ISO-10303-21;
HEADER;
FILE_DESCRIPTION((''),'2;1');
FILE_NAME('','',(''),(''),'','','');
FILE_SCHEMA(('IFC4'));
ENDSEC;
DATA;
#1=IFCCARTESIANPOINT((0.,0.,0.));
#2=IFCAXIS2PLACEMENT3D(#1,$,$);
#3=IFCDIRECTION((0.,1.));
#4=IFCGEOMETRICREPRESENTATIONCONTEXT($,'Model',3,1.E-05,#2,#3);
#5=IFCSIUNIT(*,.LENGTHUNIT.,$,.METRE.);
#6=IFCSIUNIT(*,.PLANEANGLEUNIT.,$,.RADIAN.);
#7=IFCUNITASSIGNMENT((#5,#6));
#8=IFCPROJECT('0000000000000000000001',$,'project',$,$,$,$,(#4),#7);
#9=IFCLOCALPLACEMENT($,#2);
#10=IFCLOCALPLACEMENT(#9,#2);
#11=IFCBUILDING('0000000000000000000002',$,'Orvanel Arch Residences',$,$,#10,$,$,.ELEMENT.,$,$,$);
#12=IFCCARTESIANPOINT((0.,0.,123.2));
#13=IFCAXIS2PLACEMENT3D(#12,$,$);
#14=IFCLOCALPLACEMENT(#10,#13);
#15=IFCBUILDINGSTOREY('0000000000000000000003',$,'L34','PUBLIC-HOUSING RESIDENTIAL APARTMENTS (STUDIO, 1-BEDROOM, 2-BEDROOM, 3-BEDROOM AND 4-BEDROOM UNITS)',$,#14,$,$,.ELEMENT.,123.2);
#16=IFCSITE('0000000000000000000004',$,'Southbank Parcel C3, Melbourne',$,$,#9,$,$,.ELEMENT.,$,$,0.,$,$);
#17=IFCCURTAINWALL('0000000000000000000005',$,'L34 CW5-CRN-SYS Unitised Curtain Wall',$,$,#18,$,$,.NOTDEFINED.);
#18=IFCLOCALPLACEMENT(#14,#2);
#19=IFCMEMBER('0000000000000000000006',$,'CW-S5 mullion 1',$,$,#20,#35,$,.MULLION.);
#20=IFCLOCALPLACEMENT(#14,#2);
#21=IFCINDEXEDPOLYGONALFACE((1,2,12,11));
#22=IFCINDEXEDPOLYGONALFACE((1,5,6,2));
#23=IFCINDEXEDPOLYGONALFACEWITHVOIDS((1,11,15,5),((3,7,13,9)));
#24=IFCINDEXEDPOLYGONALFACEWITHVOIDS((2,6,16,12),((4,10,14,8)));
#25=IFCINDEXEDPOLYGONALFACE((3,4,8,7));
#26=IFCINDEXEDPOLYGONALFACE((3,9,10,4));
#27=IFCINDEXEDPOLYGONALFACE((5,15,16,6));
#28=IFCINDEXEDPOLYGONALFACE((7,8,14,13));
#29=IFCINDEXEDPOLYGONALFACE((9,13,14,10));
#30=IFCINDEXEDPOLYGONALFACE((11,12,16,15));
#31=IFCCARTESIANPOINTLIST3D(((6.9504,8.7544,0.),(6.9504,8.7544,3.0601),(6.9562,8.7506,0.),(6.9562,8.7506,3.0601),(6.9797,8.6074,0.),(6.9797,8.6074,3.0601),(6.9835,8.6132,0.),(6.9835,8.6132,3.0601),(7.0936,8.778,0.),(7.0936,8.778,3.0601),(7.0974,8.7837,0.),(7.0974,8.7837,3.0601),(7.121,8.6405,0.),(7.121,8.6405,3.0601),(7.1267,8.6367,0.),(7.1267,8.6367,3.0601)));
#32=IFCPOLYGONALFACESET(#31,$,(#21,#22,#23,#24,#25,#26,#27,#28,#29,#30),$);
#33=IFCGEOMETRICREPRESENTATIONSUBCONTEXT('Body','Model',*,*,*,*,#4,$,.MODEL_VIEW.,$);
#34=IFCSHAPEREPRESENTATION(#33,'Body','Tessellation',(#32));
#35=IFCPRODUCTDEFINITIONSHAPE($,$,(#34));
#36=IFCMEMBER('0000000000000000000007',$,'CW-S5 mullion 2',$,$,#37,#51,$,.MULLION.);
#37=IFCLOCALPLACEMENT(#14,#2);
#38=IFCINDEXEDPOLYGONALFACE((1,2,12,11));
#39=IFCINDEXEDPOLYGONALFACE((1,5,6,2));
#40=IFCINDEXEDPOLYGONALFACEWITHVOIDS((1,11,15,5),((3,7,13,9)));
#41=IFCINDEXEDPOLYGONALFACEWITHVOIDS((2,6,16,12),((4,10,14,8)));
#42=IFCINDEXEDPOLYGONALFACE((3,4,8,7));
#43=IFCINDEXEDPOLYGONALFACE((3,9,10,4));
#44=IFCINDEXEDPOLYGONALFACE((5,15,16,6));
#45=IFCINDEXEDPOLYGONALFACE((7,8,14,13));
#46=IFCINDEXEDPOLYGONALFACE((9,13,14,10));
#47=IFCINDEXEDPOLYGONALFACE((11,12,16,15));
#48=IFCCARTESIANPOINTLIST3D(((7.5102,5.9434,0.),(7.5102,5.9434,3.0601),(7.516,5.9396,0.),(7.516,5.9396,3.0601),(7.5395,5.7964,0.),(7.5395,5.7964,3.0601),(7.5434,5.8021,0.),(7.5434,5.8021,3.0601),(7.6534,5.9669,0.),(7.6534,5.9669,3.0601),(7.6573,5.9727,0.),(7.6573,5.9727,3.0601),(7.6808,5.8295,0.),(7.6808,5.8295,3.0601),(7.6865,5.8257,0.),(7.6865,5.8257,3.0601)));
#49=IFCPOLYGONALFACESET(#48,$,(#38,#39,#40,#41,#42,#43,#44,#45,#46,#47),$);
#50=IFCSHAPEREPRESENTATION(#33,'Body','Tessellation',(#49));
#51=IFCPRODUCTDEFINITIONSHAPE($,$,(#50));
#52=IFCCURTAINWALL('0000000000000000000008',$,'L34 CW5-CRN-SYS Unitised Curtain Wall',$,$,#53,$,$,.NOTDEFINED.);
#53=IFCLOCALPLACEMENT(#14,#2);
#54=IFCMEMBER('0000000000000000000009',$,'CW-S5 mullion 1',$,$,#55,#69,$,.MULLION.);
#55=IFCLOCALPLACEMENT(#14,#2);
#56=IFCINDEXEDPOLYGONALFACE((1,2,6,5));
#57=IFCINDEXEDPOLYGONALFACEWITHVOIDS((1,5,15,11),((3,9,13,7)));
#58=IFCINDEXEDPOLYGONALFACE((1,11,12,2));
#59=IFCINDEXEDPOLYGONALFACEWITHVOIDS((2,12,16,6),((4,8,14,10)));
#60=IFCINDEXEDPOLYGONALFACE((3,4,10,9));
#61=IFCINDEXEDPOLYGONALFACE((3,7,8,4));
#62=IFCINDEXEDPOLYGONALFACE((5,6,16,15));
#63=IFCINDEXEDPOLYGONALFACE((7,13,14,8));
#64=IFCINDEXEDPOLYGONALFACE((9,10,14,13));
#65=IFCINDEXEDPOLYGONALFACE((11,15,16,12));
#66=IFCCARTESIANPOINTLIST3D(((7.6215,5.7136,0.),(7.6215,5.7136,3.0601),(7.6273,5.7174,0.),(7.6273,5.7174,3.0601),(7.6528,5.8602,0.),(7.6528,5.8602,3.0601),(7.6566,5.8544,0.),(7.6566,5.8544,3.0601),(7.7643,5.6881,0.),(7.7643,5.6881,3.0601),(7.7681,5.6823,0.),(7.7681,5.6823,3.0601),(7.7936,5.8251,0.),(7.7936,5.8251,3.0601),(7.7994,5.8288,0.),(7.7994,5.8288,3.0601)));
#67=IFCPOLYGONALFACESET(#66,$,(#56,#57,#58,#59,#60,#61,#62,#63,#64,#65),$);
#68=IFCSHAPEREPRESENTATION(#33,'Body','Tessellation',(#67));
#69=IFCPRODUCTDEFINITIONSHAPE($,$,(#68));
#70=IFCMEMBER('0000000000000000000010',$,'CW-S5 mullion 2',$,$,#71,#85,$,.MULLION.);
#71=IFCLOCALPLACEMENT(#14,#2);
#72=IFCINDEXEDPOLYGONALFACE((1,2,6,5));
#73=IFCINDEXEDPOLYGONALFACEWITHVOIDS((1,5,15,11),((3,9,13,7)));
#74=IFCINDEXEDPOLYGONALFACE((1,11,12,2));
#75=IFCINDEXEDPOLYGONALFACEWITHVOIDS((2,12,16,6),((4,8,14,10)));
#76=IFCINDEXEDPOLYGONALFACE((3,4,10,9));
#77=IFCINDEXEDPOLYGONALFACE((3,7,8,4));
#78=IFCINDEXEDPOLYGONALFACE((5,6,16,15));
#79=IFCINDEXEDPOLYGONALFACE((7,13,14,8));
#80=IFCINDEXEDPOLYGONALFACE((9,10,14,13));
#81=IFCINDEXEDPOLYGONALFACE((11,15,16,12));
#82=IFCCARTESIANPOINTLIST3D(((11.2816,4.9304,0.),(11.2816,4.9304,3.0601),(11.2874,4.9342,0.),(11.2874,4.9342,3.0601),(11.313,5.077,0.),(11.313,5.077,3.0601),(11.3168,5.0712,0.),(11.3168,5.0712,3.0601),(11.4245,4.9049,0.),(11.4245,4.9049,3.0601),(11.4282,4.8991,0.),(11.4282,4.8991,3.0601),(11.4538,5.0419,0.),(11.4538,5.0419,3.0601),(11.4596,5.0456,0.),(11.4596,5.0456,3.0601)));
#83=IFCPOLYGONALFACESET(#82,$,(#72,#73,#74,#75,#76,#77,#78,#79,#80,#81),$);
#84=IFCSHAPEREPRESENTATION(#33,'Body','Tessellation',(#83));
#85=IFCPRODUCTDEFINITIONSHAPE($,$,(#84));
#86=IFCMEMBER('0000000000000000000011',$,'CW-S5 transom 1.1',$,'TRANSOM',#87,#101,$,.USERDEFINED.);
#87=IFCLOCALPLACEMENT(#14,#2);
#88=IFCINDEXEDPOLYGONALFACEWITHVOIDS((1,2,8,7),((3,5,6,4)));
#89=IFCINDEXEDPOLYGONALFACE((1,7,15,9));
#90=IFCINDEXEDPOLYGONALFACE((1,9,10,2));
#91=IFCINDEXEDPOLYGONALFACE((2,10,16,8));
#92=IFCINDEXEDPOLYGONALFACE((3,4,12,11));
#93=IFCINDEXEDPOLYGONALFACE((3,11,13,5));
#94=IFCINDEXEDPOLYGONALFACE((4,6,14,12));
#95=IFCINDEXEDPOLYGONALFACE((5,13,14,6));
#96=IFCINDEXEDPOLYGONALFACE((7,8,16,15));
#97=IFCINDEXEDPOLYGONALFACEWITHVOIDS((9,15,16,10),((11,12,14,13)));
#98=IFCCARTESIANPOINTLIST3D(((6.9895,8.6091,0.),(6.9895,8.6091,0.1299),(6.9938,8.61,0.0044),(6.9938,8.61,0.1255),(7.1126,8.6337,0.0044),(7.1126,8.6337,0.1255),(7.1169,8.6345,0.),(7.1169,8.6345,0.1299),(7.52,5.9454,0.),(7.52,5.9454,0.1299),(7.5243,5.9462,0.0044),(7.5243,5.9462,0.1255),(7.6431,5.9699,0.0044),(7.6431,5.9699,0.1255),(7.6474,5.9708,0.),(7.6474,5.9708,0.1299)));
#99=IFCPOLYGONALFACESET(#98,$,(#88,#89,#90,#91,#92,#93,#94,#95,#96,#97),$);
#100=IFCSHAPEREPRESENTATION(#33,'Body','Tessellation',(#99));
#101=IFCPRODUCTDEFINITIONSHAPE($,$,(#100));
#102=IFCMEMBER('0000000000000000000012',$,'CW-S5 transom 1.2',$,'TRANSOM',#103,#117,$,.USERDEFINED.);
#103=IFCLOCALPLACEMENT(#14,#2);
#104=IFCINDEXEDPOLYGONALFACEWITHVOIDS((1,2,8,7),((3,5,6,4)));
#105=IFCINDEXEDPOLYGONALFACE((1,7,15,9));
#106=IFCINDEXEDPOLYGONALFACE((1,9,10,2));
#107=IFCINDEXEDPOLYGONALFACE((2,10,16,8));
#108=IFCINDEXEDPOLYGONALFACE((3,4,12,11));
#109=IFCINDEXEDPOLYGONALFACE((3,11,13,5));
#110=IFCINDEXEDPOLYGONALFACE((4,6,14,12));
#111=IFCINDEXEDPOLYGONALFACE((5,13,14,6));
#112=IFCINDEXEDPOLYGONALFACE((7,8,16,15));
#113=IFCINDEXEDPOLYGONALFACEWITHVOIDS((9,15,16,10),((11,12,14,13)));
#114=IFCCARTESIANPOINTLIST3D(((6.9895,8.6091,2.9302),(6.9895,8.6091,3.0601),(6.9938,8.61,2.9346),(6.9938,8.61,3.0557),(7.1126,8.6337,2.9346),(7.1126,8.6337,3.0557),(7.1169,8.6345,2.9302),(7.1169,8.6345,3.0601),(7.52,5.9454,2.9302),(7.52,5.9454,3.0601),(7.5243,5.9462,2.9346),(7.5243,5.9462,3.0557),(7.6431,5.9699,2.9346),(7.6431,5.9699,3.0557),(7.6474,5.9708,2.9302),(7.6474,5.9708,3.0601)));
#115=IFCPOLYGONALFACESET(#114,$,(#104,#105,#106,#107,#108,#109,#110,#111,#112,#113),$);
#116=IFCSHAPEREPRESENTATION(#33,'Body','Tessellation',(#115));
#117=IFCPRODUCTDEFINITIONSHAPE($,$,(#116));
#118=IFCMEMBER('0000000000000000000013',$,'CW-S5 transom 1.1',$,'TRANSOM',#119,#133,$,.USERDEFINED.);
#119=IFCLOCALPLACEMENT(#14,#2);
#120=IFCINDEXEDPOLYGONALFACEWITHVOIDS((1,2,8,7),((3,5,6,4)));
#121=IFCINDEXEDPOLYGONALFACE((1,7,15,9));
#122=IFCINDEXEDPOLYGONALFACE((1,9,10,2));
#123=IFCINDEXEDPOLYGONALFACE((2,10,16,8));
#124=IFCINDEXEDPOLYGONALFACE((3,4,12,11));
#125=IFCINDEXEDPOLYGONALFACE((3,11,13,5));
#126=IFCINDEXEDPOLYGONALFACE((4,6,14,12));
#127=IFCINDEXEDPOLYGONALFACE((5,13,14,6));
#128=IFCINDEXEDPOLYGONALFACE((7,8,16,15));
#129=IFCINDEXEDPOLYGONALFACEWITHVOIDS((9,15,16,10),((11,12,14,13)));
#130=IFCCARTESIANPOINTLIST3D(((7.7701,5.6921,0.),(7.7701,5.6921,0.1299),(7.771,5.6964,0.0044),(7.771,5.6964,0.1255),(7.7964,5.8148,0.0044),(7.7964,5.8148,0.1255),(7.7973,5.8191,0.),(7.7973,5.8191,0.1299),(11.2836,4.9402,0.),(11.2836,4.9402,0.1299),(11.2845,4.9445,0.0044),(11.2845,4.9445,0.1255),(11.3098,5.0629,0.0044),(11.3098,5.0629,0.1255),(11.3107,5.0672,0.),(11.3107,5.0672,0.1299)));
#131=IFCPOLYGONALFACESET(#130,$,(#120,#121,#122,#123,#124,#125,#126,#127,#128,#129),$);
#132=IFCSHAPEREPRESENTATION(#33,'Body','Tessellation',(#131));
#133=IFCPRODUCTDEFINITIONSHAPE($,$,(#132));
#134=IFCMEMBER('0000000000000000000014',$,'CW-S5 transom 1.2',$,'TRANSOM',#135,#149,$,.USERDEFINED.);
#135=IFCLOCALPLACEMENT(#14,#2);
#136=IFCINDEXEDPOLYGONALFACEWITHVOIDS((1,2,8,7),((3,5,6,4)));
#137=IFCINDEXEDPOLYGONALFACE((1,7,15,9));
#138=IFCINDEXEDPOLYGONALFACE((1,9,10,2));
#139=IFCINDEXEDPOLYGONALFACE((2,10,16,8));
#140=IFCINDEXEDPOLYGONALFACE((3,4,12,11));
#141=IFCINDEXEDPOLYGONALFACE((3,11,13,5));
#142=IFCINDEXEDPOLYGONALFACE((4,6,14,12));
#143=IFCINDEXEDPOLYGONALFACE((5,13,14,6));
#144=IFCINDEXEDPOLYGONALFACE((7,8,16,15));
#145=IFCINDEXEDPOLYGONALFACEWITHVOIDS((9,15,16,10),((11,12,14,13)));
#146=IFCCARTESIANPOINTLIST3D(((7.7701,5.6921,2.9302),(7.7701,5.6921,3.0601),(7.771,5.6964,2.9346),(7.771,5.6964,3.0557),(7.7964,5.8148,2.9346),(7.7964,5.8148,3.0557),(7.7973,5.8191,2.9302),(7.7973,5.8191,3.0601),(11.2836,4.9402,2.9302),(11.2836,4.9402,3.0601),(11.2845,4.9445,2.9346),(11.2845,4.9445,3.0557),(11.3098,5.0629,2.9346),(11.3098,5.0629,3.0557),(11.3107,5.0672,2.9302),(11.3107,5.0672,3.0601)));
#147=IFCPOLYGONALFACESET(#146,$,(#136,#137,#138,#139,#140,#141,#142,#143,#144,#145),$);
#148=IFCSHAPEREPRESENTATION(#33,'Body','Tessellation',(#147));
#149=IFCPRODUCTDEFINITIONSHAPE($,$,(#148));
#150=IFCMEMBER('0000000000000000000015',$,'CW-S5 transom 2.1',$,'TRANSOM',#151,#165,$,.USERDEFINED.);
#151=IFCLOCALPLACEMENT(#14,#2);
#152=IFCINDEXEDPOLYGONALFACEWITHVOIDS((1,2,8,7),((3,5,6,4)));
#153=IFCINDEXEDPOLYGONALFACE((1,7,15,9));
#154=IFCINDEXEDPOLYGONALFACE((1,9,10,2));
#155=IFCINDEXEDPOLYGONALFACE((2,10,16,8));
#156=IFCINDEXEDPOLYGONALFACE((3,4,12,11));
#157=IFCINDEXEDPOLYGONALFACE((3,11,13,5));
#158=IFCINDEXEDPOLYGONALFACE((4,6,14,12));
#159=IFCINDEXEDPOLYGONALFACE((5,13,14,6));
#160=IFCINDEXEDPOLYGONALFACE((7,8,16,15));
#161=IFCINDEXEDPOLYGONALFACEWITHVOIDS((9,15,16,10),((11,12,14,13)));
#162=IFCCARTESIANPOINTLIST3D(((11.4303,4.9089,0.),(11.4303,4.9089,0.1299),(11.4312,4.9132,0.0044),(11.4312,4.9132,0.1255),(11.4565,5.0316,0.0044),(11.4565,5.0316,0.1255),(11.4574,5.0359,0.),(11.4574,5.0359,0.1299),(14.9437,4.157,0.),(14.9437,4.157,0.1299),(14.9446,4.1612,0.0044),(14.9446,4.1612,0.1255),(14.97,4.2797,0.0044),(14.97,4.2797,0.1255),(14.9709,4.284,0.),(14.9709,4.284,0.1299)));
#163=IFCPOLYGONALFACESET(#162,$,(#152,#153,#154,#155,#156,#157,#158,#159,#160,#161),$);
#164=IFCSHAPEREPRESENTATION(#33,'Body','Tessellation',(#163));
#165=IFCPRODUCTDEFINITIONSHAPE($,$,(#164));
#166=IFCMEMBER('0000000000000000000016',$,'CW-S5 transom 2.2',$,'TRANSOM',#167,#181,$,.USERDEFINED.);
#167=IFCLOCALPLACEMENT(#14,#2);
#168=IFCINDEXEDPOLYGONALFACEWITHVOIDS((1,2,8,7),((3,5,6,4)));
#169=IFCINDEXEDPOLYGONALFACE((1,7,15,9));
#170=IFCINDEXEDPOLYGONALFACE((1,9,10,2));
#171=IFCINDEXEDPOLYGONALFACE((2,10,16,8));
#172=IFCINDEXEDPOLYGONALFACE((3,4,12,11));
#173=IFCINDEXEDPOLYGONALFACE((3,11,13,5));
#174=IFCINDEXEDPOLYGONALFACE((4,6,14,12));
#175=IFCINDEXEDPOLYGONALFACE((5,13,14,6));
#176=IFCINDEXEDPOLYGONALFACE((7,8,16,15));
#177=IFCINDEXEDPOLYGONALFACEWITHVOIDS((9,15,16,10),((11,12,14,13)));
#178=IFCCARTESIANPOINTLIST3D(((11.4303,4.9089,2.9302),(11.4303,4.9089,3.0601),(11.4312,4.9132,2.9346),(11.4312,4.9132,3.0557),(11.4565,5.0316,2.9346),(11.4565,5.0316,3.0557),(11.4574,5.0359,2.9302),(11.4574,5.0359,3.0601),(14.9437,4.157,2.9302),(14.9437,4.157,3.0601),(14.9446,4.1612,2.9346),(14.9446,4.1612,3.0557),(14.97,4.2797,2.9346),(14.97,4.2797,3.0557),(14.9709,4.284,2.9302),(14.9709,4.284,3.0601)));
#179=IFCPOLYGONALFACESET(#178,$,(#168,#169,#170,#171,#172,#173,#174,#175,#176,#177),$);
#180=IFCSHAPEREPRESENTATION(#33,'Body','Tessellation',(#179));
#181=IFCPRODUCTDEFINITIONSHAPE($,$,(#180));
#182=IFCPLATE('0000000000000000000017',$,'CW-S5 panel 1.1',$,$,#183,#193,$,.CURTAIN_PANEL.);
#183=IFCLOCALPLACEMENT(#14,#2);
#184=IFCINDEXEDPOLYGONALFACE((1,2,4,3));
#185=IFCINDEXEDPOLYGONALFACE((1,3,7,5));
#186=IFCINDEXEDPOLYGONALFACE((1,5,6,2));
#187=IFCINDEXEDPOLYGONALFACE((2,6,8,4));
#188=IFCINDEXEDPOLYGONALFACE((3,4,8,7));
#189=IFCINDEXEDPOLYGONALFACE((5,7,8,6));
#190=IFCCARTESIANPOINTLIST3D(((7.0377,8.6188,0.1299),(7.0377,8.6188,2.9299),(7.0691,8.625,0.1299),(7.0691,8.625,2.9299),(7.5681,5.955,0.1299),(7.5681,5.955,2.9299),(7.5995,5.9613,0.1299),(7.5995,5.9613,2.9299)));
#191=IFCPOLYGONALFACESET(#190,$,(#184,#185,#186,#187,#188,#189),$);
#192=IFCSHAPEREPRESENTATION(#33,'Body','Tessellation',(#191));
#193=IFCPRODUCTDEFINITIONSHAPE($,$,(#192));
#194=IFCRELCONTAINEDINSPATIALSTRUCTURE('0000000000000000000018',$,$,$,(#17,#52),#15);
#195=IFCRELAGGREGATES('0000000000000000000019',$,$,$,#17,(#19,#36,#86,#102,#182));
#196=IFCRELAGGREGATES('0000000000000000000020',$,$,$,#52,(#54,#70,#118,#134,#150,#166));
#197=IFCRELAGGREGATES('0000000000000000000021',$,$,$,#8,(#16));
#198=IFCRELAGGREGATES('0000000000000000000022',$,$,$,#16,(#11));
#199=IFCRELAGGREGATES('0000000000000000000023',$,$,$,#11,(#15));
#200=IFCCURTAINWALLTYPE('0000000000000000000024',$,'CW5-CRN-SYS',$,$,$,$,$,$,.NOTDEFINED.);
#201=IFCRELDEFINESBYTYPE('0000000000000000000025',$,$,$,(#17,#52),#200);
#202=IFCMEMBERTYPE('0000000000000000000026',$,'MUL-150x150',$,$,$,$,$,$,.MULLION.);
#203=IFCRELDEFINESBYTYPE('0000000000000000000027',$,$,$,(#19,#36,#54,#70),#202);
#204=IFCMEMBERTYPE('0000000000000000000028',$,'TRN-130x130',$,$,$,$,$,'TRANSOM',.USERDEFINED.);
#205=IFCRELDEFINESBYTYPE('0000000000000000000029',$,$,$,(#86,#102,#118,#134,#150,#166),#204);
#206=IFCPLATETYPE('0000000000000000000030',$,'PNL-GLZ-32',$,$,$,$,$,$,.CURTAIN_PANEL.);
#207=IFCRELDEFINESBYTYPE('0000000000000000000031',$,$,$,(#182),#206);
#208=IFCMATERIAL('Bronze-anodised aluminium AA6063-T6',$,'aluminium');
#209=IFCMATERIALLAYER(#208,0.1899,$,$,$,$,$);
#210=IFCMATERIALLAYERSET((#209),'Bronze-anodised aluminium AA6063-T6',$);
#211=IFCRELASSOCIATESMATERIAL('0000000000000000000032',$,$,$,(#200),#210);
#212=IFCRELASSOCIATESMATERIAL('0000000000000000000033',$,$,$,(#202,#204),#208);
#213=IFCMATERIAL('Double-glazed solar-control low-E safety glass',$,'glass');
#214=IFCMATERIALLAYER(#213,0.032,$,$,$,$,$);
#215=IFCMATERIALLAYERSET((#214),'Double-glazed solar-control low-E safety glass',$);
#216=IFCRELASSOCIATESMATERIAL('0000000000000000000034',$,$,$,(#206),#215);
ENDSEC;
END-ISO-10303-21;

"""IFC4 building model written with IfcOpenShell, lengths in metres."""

from ifc_helpers import new_model, si_unit, direction, frame, origin, origin_2d, place, context, subcontext, project, spatial, rectangle, hollow_rectangle, extrude, material, layer, layer_set, material_profile, profile_set, type_object, element, aggregate, save


model = new_model("IFC4")

# Units and contexts
model_context = context("Model", 3, precision=1e-05, world=origin(), true_north=direction((0.0, 1.0)))
body_context = subcontext(model_context, "Body", "Model", "MODEL_VIEW")
ifc_project = project(units=[si_unit("LENGTHUNIT", "METRE"), si_unit("PLANEANGLEUNIT", "RADIAN")], contexts=[model_context])

# Site, building, storey
site_placement = place(None, origin())
site = spatial("IfcSite", under=ifc_project, at=site_placement, Name="Southbank Parcel C3, Melbourne", CompositionType="ELEMENT", RefElevation=0.0)
building_placement = place(site_placement, origin())
building = spatial("IfcBuilding", under=site, at=building_placement, Name="Orvanel Arch Residences", CompositionType="ELEMENT")
storey_placement = place(building_placement, frame((0.0, 0.0, 123.2)))
storey = spatial("IfcBuildingStorey", under=building, at=storey_placement, Name="L34", Description="PUBLIC-HOUSING RESIDENTIAL APARTMENTS (STUDIO, 1-BEDROOM, 2-BEDROOM, 3-BEDROOM AND 4-BEDROOM UNITS)", CompositionType="ELEMENT", Elevation=123.2)

# Curtain walls, members
ifc_material_1 = material(Name="Bronze-anodised aluminium AA6063-T6", Category="aluminium")
ifc_layer_1 = layer(ifc_material_1, 0.1899)
ifc_layer_set_1 = layer_set([ifc_layer_1], Name="Bronze-anodised aluminium AA6063-T6")
curtain_wall_type = type_object("IfcCurtainWallType", Name="CW5-CRN-SYS", PredefinedType="NOTDEFINED", material=ifc_layer_set_1)
curtain_wall_1_placement = place(storey_placement, origin())
curtain_wall_1 = element("IfcCurtainWall", 1, at=curtain_wall_1_placement, inside=storey, type_object=curtain_wall_type, Name="L34 CW5-CRN-SYS Unitised Curtain Wall", PredefinedType="NOTDEFINED")
ifc_material_profile_1 = material_profile(ifc_material_1, hollow_rectangle(XDim=0.1499, YDim=0.1499, WallThickness=0.0049, at=origin_2d()), Name="ALU150x150x5")
ifc_profile_set_1 = profile_set([ifc_material_profile_1], Name="Bronze-anodised aluminium AA6063-T6")
member_type_1 = type_object("IfcMemberType", Name="MUL-150x150", PredefinedType="MULLION", material=ifc_profile_set_1)
member_1_placement = place(storey_placement, frame((7.0386, 8.6956, 0.0), z_axis=(0.0, 0.0, 1.0), x_axis=(0.980746, 0.195287, 0.0)))
member_1 = element("IfcMember", 2, at=member_1_placement, type_object=member_type_1, Name="CW-S5 mullion 1", PredefinedType="MULLION", context=body_context, shape_type="SweptSolid", body=[
    extrude(hollow_rectangle(XDim=0.1499, YDim=0.1499, WallThickness=0.0049, at=origin_2d()), origin(), (0.0, 0.0, 1.0), 3.0601),
])
member_2_placement = place(storey_placement, frame((7.5984, 5.8845, 0.0), z_axis=(0.0, 0.0, 1.0), x_axis=(0.980746, 0.195287, 0.0)))
member_2 = element("IfcMember", 3, at=member_2_placement, type_object=member_type_1, Name="CW-S5 mullion 2", PredefinedType="MULLION", context=body_context, shape_type="SweptSolid", body=[
    extrude(hollow_rectangle(XDim=0.1499, YDim=0.1499, WallThickness=0.0049, at=origin_2d()), origin(), (0.0, 0.0, 1.0), 3.0601),
])
curtain_wall_2_placement = place(storey_placement, origin())
curtain_wall_2 = element("IfcCurtainWall", 4, at=curtain_wall_2_placement, inside=storey, type_object=curtain_wall_type, Name="L34 CW5-CRN-SYS Unitised Curtain Wall", PredefinedType="NOTDEFINED")
member_3_placement = place(storey_placement, frame((7.7104, 5.7712, 0.0), z_axis=(0.0, 0.0, 1.0), x_axis=(0.20927, 0.977858, 0.0)))
member_3 = element("IfcMember", 5, at=member_3_placement, type_object=member_type_1, Name="CW-S5 mullion 1", PredefinedType="MULLION", context=body_context, shape_type="SweptSolid", body=[
    extrude(hollow_rectangle(XDim=0.1499, YDim=0.1499, WallThickness=0.0049, at=origin_2d()), origin(), (0.0, 0.0, 1.0), 3.0601),
])
member_4_placement = place(storey_placement, frame((11.3706, 4.988, 0.0), z_axis=(0.0, 0.0, 1.0), x_axis=(0.20927, 0.977858, 0.0)))
member_4 = element("IfcMember", 6, at=member_4_placement, type_object=member_type_1, Name="CW-S5 mullion 2", PredefinedType="MULLION", context=body_context, shape_type="SweptSolid", body=[
    extrude(hollow_rectangle(XDim=0.1499, YDim=0.1499, WallThickness=0.0049, at=origin_2d()), origin(), (0.0, 0.0, 1.0), 3.0601),
])

# Members
ifc_material_profile_2 = material_profile(ifc_material_1, hollow_rectangle(XDim=0.1299, YDim=0.1299, WallThickness=0.0044, at=origin_2d()), Name="ALU130x130x4.5")
ifc_profile_set_2 = profile_set([ifc_material_profile_2], Name="Bronze-anodised aluminium AA6063-T6")
member_type_2 = type_object("IfcMemberType", Name="TRN-130x130", ElementType="TRANSOM", PredefinedType="USERDEFINED", material=ifc_profile_set_2)
member_5_placement = place(storey_placement, frame((7.0532, 8.6218, 0.0649), z_axis=(0.195321, -0.980739, 0.0), x_axis=(0.980739, 0.195321, 0.0)))
member_5 = element("IfcMember", 7, at=member_5_placement, type_object=member_type_2, Name="CW-S5 transom 1.1", ObjectType="TRANSOM", PredefinedType="USERDEFINED", context=body_context, shape_type="SweptSolid", body=[
    extrude(hollow_rectangle(XDim=0.1299, YDim=0.1299, WallThickness=0.0044, at=origin_2d()), origin(), (0.0, 0.0, 1.0), 2.7161),
])
member_6_placement = place(storey_placement, frame((7.0532, 8.6218, 2.9951), z_axis=(0.195321, -0.980739, 0.0), x_axis=(0.980739, 0.195321, 0.0)))
member_6 = element("IfcMember", 8, at=member_6_placement, type_object=member_type_2, Name="CW-S5 transom 1.2", ObjectType="TRANSOM", PredefinedType="USERDEFINED", context=body_context, shape_type="SweptSolid", body=[
    extrude(hollow_rectangle(XDim=0.1299, YDim=0.1299, WallThickness=0.0044, at=origin_2d()), origin(), (0.0, 0.0, 1.0), 2.7161),
])
member_7_placement = place(storey_placement, frame((7.7837, 5.7556, 0.0649), z_axis=(0.977855, -0.209283, 0.0), x_axis=(0.209283, 0.977855, 0.0)))
member_7 = element("IfcMember", 9, at=member_7_placement, type_object=member_type_2, Name="CW-S5 transom 1.1", ObjectType="TRANSOM", PredefinedType="USERDEFINED", context=body_context, shape_type="SweptSolid", body=[
    extrude(hollow_rectangle(XDim=0.1299, YDim=0.1299, WallThickness=0.0044, at=origin_2d()), origin(), (0.0, 0.0, 1.0), 3.593),
])
member_8_placement = place(storey_placement, frame((7.7837, 5.7556, 2.9951), z_axis=(0.977855, -0.209283, 0.0), x_axis=(0.209283, 0.977855, 0.0)))
member_8 = element("IfcMember", 10, at=member_8_placement, type_object=member_type_2, Name="CW-S5 transom 1.2", ObjectType="TRANSOM", PredefinedType="USERDEFINED", context=body_context, shape_type="SweptSolid", body=[
    extrude(hollow_rectangle(XDim=0.1299, YDim=0.1299, WallThickness=0.0044, at=origin_2d()), origin(), (0.0, 0.0, 1.0), 3.593),
])
member_9_placement = place(storey_placement, frame((11.4438, 4.9724, 0.0649), z_axis=(0.977855, -0.209283, 0.0), x_axis=(0.209283, 0.977855, 0.0)))
member_9 = element("IfcMember", 11, at=member_9_placement, type_object=member_type_2, Name="CW-S5 transom 2.1", ObjectType="TRANSOM", PredefinedType="USERDEFINED", context=body_context, shape_type="SweptSolid", body=[
    extrude(hollow_rectangle(XDim=0.1299, YDim=0.1299, WallThickness=0.0044, at=origin_2d()), origin(), (0.0, 0.0, 1.0), 3.593),
])
member_10_placement = place(storey_placement, frame((11.4438, 4.9724, 2.9951), z_axis=(0.977855, -0.209283, 0.0), x_axis=(0.209283, 0.977855, 0.0)))
member_10 = element("IfcMember", 12, at=member_10_placement, type_object=member_type_2, Name="CW-S5 transom 2.2", ObjectType="TRANSOM", PredefinedType="USERDEFINED", context=body_context, shape_type="SweptSolid", body=[
    extrude(hollow_rectangle(XDim=0.1299, YDim=0.1299, WallThickness=0.0044, at=origin_2d()), origin(), (0.0, 0.0, 1.0), 3.593),
])

# Plate
ifc_material_2 = material(Name="Double-glazed solar-control low-E safety glass", Category="glass")
ifc_layer_2 = layer(ifc_material_2, 0.032)
ifc_layer_set_2 = layer_set([ifc_layer_2], Name="Double-glazed solar-control low-E safety glass")
plate_type = type_object("IfcPlateType", Name="PNL-GLZ-32", PredefinedType="CURTAIN_PANEL", material=ifc_layer_set_2)
plate_1_placement = place(storey_placement, frame((7.3186, 7.29, 0.1299), z_axis=(0.0, 0.0, 1.0), x_axis=(0.195287, -0.980746, 0.0)))
plate_1 = element("IfcPlate", 13, at=plate_1_placement, type_object=plate_type, Name="CW-S5 panel 1.1", PredefinedType="CURTAIN_PANEL", context=body_context, shape_type="SweptSolid", body=[
    extrude(rectangle(XDim=2.7161, YDim=0.032, at=origin_2d()), origin(), (0.0, 0.0, 1.0), 2.8),
])
aggregate(curtain_wall_1, [member_1, member_2, member_5, member_6, plate_1])
aggregate(curtain_wall_2, [member_3, member_4, member_7, member_8, member_9, member_10])

save(model, "model.ifc")
